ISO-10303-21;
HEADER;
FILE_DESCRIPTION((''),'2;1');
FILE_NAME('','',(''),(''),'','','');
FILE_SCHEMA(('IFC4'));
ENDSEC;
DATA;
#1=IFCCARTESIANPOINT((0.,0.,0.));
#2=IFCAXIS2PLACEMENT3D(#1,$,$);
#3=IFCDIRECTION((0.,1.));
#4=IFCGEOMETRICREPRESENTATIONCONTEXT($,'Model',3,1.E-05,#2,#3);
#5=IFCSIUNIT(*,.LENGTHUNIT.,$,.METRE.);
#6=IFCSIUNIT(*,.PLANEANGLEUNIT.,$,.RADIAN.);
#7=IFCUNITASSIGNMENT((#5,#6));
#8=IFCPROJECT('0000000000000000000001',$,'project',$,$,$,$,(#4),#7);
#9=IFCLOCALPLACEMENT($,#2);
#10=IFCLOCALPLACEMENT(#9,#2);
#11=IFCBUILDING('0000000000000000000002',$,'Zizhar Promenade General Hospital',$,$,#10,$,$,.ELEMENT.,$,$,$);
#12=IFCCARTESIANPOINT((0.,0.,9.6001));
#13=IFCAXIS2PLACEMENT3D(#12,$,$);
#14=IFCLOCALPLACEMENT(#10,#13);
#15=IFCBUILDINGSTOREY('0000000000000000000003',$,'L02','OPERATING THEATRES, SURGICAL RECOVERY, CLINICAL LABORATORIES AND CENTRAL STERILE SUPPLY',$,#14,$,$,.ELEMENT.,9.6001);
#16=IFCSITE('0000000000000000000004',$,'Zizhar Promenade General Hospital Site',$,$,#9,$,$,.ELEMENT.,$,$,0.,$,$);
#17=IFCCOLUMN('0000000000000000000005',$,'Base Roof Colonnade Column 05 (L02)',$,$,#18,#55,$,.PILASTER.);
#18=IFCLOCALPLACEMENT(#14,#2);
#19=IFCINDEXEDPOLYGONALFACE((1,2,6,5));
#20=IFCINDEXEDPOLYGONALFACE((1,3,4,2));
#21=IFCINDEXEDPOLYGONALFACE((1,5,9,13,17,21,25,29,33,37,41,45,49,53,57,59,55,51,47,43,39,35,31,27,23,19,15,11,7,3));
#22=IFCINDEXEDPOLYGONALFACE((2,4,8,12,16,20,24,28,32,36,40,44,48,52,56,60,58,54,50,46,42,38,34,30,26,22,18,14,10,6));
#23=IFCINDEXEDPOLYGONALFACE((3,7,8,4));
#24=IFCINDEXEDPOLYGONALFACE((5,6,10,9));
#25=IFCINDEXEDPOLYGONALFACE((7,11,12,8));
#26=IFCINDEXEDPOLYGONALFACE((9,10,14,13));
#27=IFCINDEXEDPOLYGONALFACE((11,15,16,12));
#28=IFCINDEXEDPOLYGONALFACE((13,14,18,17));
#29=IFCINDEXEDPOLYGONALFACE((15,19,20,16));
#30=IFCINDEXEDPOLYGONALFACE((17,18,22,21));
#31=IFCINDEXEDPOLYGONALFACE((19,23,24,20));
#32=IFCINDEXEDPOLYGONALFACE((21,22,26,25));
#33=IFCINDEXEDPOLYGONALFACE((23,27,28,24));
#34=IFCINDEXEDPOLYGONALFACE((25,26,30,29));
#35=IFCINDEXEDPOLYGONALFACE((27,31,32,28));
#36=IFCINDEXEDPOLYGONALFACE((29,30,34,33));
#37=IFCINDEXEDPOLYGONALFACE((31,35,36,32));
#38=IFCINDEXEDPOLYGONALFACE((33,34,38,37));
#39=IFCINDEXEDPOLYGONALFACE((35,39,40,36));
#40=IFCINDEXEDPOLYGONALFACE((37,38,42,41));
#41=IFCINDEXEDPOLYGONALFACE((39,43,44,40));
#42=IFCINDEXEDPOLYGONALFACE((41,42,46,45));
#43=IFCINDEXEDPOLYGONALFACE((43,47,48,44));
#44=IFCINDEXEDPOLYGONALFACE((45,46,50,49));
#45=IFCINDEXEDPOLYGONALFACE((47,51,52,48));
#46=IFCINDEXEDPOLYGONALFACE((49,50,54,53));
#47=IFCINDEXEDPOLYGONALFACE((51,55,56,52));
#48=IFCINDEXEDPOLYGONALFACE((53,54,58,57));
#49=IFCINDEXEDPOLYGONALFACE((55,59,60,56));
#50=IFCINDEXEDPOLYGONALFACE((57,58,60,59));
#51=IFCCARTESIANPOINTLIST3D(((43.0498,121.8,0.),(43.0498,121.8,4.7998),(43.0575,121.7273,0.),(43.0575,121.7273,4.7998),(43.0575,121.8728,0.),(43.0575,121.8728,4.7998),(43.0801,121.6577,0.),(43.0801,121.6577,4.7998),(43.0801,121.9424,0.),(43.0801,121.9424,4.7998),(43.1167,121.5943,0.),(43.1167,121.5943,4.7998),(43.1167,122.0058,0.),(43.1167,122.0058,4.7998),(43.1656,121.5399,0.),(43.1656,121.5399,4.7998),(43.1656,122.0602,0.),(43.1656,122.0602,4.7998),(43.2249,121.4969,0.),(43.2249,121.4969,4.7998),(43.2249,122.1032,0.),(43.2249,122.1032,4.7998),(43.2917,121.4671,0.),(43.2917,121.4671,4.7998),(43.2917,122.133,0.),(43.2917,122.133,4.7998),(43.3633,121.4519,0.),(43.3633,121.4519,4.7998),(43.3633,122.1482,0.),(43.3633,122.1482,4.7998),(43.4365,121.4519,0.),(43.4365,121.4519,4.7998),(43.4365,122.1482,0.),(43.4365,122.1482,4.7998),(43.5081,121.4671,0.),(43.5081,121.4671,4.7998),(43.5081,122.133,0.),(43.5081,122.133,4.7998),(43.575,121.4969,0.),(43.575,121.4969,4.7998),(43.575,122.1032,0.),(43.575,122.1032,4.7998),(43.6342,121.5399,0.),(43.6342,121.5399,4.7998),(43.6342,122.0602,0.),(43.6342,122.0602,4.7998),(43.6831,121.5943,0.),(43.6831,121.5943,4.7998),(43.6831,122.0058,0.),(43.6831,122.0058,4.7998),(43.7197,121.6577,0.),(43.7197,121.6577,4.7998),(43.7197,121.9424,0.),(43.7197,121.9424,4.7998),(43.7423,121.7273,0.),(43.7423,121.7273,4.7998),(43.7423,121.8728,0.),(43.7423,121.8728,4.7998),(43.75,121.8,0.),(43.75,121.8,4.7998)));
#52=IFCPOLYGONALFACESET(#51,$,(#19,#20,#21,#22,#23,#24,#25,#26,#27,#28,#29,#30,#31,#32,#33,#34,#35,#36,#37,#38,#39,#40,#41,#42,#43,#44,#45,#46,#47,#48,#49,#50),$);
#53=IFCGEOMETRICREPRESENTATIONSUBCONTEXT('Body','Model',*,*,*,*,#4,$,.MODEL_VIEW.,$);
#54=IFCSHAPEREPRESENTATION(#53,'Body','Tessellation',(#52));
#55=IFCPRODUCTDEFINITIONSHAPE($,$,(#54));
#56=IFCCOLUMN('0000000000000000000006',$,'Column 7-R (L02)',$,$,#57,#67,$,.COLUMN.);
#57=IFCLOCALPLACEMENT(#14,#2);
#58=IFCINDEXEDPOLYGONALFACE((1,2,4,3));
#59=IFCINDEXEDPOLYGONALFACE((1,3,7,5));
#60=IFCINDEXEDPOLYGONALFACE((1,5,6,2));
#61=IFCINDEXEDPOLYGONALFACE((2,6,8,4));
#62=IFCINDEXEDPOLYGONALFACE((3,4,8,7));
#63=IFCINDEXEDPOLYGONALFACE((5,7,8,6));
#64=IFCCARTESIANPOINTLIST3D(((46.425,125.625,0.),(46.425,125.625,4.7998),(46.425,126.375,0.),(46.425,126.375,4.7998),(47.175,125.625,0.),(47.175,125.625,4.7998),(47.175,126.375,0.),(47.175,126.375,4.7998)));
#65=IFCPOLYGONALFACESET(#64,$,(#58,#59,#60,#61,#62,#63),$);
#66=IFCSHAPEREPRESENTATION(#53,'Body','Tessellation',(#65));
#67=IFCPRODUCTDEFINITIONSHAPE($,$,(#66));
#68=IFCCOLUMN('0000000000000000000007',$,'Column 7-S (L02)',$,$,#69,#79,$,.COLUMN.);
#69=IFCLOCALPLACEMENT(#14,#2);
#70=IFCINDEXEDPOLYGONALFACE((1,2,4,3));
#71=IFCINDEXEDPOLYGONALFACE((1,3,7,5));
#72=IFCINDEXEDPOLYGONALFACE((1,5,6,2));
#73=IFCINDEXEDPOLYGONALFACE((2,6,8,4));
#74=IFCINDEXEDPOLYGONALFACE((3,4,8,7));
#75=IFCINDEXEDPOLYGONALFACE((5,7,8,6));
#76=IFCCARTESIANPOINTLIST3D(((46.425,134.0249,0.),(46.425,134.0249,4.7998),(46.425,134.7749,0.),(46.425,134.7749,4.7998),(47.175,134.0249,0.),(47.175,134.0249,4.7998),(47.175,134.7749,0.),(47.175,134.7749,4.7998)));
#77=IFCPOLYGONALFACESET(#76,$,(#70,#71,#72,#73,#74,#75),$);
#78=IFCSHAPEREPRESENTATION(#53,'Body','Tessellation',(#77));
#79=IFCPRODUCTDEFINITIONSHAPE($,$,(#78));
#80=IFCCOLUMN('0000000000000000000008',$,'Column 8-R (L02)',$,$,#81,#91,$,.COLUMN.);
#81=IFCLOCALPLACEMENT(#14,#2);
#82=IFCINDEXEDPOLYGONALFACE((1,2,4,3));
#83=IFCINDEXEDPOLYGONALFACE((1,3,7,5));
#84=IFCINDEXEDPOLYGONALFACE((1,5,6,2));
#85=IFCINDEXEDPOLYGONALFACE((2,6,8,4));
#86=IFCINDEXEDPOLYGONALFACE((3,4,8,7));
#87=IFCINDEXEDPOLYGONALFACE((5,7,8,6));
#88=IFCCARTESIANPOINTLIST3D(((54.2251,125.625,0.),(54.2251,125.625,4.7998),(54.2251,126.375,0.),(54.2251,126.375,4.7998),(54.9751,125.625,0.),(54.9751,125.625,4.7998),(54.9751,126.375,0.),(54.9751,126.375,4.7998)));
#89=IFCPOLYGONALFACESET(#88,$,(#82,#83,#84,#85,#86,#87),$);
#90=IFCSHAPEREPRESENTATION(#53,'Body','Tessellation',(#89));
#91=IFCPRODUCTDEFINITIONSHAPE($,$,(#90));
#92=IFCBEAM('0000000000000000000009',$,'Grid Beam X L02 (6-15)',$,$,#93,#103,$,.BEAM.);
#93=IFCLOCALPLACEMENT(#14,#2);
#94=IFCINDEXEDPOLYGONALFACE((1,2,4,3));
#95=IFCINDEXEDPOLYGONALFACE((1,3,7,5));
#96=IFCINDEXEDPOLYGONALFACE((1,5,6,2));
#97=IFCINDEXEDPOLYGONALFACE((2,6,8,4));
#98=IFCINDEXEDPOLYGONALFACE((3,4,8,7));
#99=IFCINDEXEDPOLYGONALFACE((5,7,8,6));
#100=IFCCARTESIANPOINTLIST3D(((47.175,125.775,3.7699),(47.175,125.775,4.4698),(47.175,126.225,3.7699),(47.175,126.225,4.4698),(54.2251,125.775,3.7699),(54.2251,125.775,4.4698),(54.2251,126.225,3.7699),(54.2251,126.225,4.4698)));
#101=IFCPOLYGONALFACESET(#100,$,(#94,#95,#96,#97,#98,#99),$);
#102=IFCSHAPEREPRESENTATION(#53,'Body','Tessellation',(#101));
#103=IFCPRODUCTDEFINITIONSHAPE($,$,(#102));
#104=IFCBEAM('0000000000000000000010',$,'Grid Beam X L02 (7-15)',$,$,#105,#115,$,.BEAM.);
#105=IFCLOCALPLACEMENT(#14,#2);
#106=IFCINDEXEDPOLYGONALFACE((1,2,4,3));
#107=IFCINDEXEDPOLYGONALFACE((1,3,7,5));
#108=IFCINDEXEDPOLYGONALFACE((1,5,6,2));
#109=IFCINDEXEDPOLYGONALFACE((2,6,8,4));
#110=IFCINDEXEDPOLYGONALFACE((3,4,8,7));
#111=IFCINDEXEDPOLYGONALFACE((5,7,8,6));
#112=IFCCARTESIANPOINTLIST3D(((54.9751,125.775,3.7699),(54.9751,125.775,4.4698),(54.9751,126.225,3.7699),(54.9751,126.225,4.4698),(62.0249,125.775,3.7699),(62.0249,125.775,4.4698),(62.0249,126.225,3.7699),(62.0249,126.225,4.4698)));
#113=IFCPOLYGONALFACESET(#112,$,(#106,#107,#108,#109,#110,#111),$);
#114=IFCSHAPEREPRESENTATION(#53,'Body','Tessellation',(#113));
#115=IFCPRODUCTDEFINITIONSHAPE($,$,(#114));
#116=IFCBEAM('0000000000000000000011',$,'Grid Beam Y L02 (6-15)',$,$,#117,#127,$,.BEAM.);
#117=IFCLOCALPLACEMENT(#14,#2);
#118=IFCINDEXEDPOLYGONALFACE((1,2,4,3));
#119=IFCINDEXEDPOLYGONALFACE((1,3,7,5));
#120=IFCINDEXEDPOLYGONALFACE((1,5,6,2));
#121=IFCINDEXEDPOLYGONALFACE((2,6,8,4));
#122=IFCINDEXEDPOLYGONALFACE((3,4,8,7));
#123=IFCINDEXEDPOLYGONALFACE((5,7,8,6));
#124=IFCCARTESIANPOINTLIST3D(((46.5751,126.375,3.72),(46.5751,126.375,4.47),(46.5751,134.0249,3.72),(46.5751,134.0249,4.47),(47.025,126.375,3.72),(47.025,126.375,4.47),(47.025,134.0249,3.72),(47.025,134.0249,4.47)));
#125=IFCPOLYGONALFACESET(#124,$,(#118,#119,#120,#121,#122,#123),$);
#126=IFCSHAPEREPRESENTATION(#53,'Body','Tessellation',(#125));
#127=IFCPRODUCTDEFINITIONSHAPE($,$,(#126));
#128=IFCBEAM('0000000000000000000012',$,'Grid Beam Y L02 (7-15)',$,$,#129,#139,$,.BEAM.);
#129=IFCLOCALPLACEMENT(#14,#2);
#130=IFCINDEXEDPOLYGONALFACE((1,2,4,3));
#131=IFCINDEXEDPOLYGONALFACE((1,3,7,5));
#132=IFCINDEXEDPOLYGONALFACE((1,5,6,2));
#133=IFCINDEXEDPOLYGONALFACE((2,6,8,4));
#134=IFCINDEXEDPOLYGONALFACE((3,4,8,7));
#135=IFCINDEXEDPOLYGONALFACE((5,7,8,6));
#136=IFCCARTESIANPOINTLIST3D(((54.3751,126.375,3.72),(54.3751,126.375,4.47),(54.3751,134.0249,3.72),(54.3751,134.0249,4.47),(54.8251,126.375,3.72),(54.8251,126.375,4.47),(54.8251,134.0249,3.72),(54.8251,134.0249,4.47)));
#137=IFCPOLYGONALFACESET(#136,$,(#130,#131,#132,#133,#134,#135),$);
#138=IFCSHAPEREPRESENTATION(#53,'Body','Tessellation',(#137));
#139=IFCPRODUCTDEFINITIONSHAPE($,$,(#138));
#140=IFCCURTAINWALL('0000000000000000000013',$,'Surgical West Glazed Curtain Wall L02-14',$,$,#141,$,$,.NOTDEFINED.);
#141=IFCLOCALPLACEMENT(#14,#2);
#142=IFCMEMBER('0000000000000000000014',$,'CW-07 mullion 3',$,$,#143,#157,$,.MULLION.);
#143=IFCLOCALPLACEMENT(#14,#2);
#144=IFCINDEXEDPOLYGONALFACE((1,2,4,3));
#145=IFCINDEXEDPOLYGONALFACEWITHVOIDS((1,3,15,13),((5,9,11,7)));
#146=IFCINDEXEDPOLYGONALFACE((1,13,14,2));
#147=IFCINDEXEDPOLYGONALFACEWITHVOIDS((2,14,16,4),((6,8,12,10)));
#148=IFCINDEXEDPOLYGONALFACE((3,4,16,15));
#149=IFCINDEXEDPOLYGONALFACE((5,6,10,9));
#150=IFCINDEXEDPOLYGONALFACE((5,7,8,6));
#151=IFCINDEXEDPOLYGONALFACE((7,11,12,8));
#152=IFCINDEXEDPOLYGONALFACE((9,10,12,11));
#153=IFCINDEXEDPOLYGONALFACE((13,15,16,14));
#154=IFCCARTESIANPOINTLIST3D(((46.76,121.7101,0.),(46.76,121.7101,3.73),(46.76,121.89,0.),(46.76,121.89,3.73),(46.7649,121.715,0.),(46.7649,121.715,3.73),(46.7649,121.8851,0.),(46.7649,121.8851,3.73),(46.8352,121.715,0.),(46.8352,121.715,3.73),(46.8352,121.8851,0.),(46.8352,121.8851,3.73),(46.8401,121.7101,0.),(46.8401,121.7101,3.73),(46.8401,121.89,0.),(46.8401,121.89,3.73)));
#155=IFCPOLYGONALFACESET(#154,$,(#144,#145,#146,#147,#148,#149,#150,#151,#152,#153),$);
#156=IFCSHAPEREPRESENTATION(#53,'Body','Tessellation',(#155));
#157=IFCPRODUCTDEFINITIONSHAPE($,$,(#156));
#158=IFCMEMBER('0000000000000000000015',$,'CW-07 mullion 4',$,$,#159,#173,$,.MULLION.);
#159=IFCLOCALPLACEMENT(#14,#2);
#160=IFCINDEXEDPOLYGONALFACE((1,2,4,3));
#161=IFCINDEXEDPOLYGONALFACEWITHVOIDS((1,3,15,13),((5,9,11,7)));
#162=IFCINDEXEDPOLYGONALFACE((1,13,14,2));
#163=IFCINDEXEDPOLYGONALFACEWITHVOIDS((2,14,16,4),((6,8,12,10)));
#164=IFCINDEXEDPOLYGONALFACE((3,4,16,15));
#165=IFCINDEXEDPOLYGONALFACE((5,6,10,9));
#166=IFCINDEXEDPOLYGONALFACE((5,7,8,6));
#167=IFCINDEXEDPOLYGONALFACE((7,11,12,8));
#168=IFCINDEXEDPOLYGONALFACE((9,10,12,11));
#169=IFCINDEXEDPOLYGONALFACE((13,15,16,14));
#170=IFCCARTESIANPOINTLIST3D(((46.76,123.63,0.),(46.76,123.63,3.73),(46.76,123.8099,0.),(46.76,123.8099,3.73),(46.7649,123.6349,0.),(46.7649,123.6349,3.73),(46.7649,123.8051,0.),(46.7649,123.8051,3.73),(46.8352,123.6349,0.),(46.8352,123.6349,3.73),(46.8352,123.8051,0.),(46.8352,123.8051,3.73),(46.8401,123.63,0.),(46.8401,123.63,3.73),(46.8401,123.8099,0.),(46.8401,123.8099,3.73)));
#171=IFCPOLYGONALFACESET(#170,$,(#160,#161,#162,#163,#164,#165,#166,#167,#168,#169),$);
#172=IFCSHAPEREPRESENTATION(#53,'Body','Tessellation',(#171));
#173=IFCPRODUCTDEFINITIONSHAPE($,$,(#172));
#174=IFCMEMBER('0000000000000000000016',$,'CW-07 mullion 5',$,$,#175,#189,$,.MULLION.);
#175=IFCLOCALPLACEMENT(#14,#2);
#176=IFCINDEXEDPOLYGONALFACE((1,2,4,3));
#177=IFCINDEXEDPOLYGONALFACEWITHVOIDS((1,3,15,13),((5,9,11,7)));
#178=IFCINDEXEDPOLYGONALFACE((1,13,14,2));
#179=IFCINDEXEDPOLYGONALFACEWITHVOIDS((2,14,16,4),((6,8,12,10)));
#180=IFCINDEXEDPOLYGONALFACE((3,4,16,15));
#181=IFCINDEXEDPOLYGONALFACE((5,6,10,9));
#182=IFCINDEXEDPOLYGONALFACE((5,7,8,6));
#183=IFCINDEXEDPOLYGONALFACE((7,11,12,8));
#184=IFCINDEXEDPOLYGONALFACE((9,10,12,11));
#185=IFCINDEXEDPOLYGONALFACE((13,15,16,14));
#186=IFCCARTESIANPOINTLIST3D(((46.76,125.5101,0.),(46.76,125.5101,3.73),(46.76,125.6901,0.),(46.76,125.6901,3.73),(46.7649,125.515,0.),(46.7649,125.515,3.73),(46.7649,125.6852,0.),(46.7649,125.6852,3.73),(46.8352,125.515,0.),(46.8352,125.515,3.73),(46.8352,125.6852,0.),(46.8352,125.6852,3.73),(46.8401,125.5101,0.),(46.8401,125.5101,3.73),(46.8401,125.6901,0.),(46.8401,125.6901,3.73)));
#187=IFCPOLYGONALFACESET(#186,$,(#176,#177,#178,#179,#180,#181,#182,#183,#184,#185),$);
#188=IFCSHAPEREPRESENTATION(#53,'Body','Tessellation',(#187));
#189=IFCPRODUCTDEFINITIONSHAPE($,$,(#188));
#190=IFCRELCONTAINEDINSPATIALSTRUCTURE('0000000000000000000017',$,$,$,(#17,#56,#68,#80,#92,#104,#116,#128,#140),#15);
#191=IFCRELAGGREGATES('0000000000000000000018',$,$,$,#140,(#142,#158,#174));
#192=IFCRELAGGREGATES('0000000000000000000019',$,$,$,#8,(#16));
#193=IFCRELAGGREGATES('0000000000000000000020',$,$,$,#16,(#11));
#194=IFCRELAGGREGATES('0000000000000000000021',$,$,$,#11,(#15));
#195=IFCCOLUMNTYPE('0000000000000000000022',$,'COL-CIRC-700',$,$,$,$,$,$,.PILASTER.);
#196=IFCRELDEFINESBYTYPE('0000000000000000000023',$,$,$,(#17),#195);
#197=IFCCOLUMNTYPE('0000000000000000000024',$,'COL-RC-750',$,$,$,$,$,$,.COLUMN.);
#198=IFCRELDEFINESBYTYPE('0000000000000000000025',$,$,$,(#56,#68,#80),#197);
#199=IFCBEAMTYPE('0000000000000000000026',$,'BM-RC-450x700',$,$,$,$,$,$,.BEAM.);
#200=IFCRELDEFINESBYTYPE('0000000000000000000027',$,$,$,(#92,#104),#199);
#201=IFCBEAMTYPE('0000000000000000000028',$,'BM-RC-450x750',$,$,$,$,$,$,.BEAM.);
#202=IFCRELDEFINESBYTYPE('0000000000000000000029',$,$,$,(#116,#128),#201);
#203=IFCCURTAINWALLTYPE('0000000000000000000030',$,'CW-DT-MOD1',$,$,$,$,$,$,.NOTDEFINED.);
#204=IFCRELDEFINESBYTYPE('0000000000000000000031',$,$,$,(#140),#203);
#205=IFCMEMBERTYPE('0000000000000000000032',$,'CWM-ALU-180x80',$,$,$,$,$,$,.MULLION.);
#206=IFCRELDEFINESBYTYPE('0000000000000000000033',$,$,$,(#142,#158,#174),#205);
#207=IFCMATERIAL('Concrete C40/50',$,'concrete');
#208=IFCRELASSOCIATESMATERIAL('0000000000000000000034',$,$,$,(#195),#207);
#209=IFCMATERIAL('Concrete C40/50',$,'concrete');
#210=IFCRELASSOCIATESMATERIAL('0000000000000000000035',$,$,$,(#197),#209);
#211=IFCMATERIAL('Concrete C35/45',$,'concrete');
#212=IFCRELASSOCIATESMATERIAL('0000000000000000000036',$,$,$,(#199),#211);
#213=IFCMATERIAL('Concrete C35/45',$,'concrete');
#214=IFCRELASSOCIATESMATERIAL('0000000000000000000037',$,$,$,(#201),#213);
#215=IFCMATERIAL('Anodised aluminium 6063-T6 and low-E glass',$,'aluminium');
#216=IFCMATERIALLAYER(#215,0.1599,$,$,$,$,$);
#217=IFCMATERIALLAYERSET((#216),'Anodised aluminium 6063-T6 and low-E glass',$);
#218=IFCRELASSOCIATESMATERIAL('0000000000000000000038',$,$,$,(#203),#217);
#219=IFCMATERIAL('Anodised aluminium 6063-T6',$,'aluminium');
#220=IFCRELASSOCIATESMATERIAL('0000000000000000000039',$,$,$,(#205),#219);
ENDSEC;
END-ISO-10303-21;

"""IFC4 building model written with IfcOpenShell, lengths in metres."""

from ifc_helpers import new_model, si_unit, direction, frame, origin, origin_2d, place, context, subcontext, project, spatial, rectangle, hollow_rectangle, circle, extrude, material, layer, layer_set, material_profile, profile_set, type_object, element, aggregate, save


model = new_model("IFC4")

# Units and contexts
model_context = context("Model", 3, precision=1e-05, world=origin(), true_north=direction((0.0, 1.0)))
body_context = subcontext(model_context, "Body", "Model", "MODEL_VIEW")
ifc_project = project(units=[si_unit("LENGTHUNIT", "METRE"), si_unit("PLANEANGLEUNIT", "RADIAN")], contexts=[model_context])

# Site, building, storey
site_placement = place(None, origin())
site = spatial("IfcSite", under=ifc_project, at=site_placement, Name="Zizhar Promenade General Hospital Site", CompositionType="ELEMENT", RefElevation=0.0)
building_placement = place(site_placement, origin())
building = spatial("IfcBuilding", under=site, at=building_placement, Name="Zizhar Promenade General Hospital", CompositionType="ELEMENT")
storey_placement = place(building_placement, frame((0.0, 0.0, 9.6001)))
storey = spatial("IfcBuildingStorey", under=building, at=storey_placement, Name="L02", Description="OPERATING THEATRES, SURGICAL RECOVERY, CLINICAL LABORATORIES AND CENTRAL STERILE SUPPLY", CompositionType="ELEMENT", Elevation=9.6001)

# Columns
ifc_material_1 = material(Name="Concrete C40/50", Category="concrete")
ifc_material_profile_1 = material_profile(ifc_material_1, circle(Radius=0.3501, at=origin_2d()))
ifc_profile_set_1 = profile_set([ifc_material_profile_1], Name="Concrete C40/50")
column_type_1 = type_object("IfcColumnType", Name="COL-CIRC-700", PredefinedType="PILASTER", material=ifc_profile_set_1)
column_placement = place(storey_placement, frame((43.3999, 121.8, 0.0), z_axis=(0.0, 0.0, 1.0), x_axis=(1.0, 0.0, 0.0)))
element("IfcColumn", 1, at=column_placement, inside=storey, type_object=column_type_1, Name="Base Roof Colonnade Column 05 (L02)", PredefinedType="PILASTER", context=body_context, shape_type="SweptSolid", body=[
    extrude(circle(Radius=0.3501, at=origin_2d()), origin(), (0.0, 0.0, 1.0), 4.7998),
])
ifc_material_2 = material(Name="Concrete C40/50", Category="concrete")
ifc_material_profile_2 = material_profile(ifc_material_2, rectangle(XDim=0.75, YDim=0.75, at=origin_2d()))
ifc_profile_set_2 = profile_set([ifc_material_profile_2], Name="Concrete C40/50")
column_type_2 = type_object("IfcColumnType", Name="COL-RC-750", PredefinedType="COLUMN", material=ifc_profile_set_2)
for number, where, z_axis, x_axis, name in (
    (2, (46.8, 126.0, 0.0), (0.0, 0.0, 1.0), (1.0, 0.0, 0.0), "Column 7-R (L02)"),
    (3, (46.8, 134.3999, 0.0), (0.0, 0.0, 1.0), (1.0, 0.0, 0.0), "Column 7-S (L02)"),
    (4, (54.6001, 126.0, 0.0), (0.0, 0.0, 1.0), (1.0, 0.0, 0.0), "Column 8-R (L02)"),
):
    element("IfcColumn", number, at=place(storey_placement, frame(where, z_axis=z_axis, x_axis=x_axis)), inside=storey, type_object=column_type_2, Name=name, PredefinedType="COLUMN", context=body_context, shape_type="SweptSolid", body=[
        extrude(rectangle(XDim=0.75, YDim=0.75, at=origin_2d()), origin(), (0.0, 0.0, 1.0), 4.7998),
    ])

# Beams
ifc_material_3 = material(Name="Concrete C35/45", Category="concrete")
ifc_material_profile_3 = material_profile(ifc_material_3, rectangle(XDim=0.45, YDim=0.7, at=origin_2d()))
ifc_profile_set_3 = profile_set([ifc_material_profile_3], Name="Concrete C35/45")
beam_type_1 = type_object("IfcBeamType", Name="BM-RC-450x700", PredefinedType="BEAM", material=ifc_profile_set_3)
beam_1_placement = place(storey_placement, frame((47.175, 126.0, 4.1199), z_axis=(1.0, 0.0, 0.0), x_axis=(0.0, 1.0, 0.0)))
element("IfcBeam", 5, at=beam_1_placement, inside=storey, type_object=beam_type_1, Name="Grid Beam X L02 (6-15)", PredefinedType="BEAM", context=body_context, shape_type="SweptSolid", body=[
    extrude(rectangle(XDim=0.45, YDim=0.7, at=origin_2d()), origin(), (0.0, 0.0, 1.0), 7.05),
])
beam_2_placement = place(storey_placement, frame((54.9751, 126.0, 4.1199), z_axis=(1.0, 0.0, 0.0), x_axis=(0.0, 1.0, 0.0)))
element("IfcBeam", 6, at=beam_2_placement, inside=storey, type_object=beam_type_1, Name="Grid Beam X L02 (7-15)", PredefinedType="BEAM", context=body_context, shape_type="SweptSolid", body=[
    extrude(rectangle(XDim=0.45, YDim=0.7, at=origin_2d()), origin(), (0.0, 0.0, 1.0), 7.0498),
])
ifc_material_4 = material(Name="Concrete C35/45", Category="concrete")
ifc_material_profile_4 = material_profile(ifc_material_4, rectangle(XDim=0.45, YDim=0.75, at=origin_2d()))
ifc_profile_set_4 = profile_set([ifc_material_profile_4], Name="Concrete C35/45")
beam_type_2 = type_object("IfcBeamType", Name="BM-RC-450x750", PredefinedType="BEAM", material=ifc_profile_set_4)
for number, where, z_axis, x_axis, name in (
    (7, (46.8, 126.375, 4.095), (0.0, 1.0, 0.0), (-1.0, 0.0, 0.0), "Grid Beam Y L02 (6-15)"),
    (8, (54.6001, 126.375, 4.095), (0.0, 1.0, 0.0), (-1.0, 0.0, 0.0), "Grid Beam Y L02 (7-15)"),
):
    element("IfcBeam", number, at=place(storey_placement, frame(where, z_axis=z_axis, x_axis=x_axis)), inside=storey, type_object=beam_type_2, Name=name, PredefinedType="BEAM", context=body_context, shape_type="SweptSolid", body=[
        extrude(rectangle(XDim=0.45, YDim=0.75, at=origin_2d()), origin(), (0.0, 0.0, 1.0), 7.6499),
    ])

# Curtain wall, members
ifc_material_5 = material(Name="Anodised aluminium 6063-T6 and low-E glass", Category="aluminium")
ifc_layer_1 = layer(ifc_material_5, 0.1599)
ifc_layer_set_1 = layer_set([ifc_layer_1], Name="Anodised aluminium 6063-T6 and low-E glass")
curtain_wall_type = type_object("IfcCurtainWallType", Name="CW-DT-MOD1", PredefinedType="NOTDEFINED", material=ifc_layer_set_1)
curtain_wall_placement = place(storey_placement, origin())
curtain_wall = element("IfcCurtainWall", 9, at=curtain_wall_placement, inside=storey, type_object=curtain_wall_type, Name="Surgical West Glazed Curtain Wall L02-14", PredefinedType="NOTDEFINED")
ifc_material_6 = material(Name="Anodised aluminium 6063-T6", Category="aluminium")
ifc_material_profile_5 = material_profile(ifc_material_6, hollow_rectangle(XDim=0.0801, YDim=0.1799, WallThickness=0.0049, at=origin_2d()))
ifc_profile_set_5 = profile_set([ifc_material_profile_5], Name="Anodised aluminium 6063-T6")
member_type_1 = type_object("IfcMemberType", Name="CWM-ALU-180x80", PredefinedType="MULLION", material=ifc_profile_set_5)
member_1_placement = place(storey_placement, frame((46.8, 121.8, 0.0), z_axis=(0.0, 0.0, 1.0), x_axis=(-1.0, 0.0, 0.0)))
member_1 = element("IfcMember", 10, at=member_1_placement, type_object=member_type_1, Name="CW-07 mullion 3", PredefinedType="MULLION", context=body_context, shape_type="SweptSolid", body=[
    extrude(hollow_rectangle(XDim=0.0801, YDim=0.1799, WallThickness=0.0049, at=origin_2d()), origin(), (0.0, 0.0, 1.0), 3.73),
])
member_2_placement = place(storey_placement, frame((46.8, 123.72, 0.0), z_axis=(0.0, 0.0, 1.0), x_axis=(-1.0, 0.0, 0.0)))
member_2 = element("IfcMember", 11, at=member_2_placement, type_object=member_type_1, Name="CW-07 mullion 4", PredefinedType="MULLION", context=body_context, shape_type="SweptSolid", body=[
    extrude(hollow_rectangle(XDim=0.0801, YDim=0.1799, WallThickness=0.0049, at=origin_2d()), origin(), (0.0, 0.0, 1.0), 3.73),
])
member_3_placement = place(storey_placement, frame((46.8, 125.6001, 0.0), z_axis=(0.0, 0.0, 1.0), x_axis=(-1.0, 0.0, 0.0)))
member_3 = element("IfcMember", 12, at=member_3_placement, type_object=member_type_1, Name="CW-07 mullion 5", PredefinedType="MULLION", context=body_context, shape_type="SweptSolid", body=[
    extrude(hollow_rectangle(XDim=0.0801, YDim=0.1799, WallThickness=0.0049, at=origin_2d()), origin(), (0.0, 0.0, 1.0), 3.73),
])
aggregate(curtain_wall, [member_1, member_2, member_3])

save(model, "model.ifc")
